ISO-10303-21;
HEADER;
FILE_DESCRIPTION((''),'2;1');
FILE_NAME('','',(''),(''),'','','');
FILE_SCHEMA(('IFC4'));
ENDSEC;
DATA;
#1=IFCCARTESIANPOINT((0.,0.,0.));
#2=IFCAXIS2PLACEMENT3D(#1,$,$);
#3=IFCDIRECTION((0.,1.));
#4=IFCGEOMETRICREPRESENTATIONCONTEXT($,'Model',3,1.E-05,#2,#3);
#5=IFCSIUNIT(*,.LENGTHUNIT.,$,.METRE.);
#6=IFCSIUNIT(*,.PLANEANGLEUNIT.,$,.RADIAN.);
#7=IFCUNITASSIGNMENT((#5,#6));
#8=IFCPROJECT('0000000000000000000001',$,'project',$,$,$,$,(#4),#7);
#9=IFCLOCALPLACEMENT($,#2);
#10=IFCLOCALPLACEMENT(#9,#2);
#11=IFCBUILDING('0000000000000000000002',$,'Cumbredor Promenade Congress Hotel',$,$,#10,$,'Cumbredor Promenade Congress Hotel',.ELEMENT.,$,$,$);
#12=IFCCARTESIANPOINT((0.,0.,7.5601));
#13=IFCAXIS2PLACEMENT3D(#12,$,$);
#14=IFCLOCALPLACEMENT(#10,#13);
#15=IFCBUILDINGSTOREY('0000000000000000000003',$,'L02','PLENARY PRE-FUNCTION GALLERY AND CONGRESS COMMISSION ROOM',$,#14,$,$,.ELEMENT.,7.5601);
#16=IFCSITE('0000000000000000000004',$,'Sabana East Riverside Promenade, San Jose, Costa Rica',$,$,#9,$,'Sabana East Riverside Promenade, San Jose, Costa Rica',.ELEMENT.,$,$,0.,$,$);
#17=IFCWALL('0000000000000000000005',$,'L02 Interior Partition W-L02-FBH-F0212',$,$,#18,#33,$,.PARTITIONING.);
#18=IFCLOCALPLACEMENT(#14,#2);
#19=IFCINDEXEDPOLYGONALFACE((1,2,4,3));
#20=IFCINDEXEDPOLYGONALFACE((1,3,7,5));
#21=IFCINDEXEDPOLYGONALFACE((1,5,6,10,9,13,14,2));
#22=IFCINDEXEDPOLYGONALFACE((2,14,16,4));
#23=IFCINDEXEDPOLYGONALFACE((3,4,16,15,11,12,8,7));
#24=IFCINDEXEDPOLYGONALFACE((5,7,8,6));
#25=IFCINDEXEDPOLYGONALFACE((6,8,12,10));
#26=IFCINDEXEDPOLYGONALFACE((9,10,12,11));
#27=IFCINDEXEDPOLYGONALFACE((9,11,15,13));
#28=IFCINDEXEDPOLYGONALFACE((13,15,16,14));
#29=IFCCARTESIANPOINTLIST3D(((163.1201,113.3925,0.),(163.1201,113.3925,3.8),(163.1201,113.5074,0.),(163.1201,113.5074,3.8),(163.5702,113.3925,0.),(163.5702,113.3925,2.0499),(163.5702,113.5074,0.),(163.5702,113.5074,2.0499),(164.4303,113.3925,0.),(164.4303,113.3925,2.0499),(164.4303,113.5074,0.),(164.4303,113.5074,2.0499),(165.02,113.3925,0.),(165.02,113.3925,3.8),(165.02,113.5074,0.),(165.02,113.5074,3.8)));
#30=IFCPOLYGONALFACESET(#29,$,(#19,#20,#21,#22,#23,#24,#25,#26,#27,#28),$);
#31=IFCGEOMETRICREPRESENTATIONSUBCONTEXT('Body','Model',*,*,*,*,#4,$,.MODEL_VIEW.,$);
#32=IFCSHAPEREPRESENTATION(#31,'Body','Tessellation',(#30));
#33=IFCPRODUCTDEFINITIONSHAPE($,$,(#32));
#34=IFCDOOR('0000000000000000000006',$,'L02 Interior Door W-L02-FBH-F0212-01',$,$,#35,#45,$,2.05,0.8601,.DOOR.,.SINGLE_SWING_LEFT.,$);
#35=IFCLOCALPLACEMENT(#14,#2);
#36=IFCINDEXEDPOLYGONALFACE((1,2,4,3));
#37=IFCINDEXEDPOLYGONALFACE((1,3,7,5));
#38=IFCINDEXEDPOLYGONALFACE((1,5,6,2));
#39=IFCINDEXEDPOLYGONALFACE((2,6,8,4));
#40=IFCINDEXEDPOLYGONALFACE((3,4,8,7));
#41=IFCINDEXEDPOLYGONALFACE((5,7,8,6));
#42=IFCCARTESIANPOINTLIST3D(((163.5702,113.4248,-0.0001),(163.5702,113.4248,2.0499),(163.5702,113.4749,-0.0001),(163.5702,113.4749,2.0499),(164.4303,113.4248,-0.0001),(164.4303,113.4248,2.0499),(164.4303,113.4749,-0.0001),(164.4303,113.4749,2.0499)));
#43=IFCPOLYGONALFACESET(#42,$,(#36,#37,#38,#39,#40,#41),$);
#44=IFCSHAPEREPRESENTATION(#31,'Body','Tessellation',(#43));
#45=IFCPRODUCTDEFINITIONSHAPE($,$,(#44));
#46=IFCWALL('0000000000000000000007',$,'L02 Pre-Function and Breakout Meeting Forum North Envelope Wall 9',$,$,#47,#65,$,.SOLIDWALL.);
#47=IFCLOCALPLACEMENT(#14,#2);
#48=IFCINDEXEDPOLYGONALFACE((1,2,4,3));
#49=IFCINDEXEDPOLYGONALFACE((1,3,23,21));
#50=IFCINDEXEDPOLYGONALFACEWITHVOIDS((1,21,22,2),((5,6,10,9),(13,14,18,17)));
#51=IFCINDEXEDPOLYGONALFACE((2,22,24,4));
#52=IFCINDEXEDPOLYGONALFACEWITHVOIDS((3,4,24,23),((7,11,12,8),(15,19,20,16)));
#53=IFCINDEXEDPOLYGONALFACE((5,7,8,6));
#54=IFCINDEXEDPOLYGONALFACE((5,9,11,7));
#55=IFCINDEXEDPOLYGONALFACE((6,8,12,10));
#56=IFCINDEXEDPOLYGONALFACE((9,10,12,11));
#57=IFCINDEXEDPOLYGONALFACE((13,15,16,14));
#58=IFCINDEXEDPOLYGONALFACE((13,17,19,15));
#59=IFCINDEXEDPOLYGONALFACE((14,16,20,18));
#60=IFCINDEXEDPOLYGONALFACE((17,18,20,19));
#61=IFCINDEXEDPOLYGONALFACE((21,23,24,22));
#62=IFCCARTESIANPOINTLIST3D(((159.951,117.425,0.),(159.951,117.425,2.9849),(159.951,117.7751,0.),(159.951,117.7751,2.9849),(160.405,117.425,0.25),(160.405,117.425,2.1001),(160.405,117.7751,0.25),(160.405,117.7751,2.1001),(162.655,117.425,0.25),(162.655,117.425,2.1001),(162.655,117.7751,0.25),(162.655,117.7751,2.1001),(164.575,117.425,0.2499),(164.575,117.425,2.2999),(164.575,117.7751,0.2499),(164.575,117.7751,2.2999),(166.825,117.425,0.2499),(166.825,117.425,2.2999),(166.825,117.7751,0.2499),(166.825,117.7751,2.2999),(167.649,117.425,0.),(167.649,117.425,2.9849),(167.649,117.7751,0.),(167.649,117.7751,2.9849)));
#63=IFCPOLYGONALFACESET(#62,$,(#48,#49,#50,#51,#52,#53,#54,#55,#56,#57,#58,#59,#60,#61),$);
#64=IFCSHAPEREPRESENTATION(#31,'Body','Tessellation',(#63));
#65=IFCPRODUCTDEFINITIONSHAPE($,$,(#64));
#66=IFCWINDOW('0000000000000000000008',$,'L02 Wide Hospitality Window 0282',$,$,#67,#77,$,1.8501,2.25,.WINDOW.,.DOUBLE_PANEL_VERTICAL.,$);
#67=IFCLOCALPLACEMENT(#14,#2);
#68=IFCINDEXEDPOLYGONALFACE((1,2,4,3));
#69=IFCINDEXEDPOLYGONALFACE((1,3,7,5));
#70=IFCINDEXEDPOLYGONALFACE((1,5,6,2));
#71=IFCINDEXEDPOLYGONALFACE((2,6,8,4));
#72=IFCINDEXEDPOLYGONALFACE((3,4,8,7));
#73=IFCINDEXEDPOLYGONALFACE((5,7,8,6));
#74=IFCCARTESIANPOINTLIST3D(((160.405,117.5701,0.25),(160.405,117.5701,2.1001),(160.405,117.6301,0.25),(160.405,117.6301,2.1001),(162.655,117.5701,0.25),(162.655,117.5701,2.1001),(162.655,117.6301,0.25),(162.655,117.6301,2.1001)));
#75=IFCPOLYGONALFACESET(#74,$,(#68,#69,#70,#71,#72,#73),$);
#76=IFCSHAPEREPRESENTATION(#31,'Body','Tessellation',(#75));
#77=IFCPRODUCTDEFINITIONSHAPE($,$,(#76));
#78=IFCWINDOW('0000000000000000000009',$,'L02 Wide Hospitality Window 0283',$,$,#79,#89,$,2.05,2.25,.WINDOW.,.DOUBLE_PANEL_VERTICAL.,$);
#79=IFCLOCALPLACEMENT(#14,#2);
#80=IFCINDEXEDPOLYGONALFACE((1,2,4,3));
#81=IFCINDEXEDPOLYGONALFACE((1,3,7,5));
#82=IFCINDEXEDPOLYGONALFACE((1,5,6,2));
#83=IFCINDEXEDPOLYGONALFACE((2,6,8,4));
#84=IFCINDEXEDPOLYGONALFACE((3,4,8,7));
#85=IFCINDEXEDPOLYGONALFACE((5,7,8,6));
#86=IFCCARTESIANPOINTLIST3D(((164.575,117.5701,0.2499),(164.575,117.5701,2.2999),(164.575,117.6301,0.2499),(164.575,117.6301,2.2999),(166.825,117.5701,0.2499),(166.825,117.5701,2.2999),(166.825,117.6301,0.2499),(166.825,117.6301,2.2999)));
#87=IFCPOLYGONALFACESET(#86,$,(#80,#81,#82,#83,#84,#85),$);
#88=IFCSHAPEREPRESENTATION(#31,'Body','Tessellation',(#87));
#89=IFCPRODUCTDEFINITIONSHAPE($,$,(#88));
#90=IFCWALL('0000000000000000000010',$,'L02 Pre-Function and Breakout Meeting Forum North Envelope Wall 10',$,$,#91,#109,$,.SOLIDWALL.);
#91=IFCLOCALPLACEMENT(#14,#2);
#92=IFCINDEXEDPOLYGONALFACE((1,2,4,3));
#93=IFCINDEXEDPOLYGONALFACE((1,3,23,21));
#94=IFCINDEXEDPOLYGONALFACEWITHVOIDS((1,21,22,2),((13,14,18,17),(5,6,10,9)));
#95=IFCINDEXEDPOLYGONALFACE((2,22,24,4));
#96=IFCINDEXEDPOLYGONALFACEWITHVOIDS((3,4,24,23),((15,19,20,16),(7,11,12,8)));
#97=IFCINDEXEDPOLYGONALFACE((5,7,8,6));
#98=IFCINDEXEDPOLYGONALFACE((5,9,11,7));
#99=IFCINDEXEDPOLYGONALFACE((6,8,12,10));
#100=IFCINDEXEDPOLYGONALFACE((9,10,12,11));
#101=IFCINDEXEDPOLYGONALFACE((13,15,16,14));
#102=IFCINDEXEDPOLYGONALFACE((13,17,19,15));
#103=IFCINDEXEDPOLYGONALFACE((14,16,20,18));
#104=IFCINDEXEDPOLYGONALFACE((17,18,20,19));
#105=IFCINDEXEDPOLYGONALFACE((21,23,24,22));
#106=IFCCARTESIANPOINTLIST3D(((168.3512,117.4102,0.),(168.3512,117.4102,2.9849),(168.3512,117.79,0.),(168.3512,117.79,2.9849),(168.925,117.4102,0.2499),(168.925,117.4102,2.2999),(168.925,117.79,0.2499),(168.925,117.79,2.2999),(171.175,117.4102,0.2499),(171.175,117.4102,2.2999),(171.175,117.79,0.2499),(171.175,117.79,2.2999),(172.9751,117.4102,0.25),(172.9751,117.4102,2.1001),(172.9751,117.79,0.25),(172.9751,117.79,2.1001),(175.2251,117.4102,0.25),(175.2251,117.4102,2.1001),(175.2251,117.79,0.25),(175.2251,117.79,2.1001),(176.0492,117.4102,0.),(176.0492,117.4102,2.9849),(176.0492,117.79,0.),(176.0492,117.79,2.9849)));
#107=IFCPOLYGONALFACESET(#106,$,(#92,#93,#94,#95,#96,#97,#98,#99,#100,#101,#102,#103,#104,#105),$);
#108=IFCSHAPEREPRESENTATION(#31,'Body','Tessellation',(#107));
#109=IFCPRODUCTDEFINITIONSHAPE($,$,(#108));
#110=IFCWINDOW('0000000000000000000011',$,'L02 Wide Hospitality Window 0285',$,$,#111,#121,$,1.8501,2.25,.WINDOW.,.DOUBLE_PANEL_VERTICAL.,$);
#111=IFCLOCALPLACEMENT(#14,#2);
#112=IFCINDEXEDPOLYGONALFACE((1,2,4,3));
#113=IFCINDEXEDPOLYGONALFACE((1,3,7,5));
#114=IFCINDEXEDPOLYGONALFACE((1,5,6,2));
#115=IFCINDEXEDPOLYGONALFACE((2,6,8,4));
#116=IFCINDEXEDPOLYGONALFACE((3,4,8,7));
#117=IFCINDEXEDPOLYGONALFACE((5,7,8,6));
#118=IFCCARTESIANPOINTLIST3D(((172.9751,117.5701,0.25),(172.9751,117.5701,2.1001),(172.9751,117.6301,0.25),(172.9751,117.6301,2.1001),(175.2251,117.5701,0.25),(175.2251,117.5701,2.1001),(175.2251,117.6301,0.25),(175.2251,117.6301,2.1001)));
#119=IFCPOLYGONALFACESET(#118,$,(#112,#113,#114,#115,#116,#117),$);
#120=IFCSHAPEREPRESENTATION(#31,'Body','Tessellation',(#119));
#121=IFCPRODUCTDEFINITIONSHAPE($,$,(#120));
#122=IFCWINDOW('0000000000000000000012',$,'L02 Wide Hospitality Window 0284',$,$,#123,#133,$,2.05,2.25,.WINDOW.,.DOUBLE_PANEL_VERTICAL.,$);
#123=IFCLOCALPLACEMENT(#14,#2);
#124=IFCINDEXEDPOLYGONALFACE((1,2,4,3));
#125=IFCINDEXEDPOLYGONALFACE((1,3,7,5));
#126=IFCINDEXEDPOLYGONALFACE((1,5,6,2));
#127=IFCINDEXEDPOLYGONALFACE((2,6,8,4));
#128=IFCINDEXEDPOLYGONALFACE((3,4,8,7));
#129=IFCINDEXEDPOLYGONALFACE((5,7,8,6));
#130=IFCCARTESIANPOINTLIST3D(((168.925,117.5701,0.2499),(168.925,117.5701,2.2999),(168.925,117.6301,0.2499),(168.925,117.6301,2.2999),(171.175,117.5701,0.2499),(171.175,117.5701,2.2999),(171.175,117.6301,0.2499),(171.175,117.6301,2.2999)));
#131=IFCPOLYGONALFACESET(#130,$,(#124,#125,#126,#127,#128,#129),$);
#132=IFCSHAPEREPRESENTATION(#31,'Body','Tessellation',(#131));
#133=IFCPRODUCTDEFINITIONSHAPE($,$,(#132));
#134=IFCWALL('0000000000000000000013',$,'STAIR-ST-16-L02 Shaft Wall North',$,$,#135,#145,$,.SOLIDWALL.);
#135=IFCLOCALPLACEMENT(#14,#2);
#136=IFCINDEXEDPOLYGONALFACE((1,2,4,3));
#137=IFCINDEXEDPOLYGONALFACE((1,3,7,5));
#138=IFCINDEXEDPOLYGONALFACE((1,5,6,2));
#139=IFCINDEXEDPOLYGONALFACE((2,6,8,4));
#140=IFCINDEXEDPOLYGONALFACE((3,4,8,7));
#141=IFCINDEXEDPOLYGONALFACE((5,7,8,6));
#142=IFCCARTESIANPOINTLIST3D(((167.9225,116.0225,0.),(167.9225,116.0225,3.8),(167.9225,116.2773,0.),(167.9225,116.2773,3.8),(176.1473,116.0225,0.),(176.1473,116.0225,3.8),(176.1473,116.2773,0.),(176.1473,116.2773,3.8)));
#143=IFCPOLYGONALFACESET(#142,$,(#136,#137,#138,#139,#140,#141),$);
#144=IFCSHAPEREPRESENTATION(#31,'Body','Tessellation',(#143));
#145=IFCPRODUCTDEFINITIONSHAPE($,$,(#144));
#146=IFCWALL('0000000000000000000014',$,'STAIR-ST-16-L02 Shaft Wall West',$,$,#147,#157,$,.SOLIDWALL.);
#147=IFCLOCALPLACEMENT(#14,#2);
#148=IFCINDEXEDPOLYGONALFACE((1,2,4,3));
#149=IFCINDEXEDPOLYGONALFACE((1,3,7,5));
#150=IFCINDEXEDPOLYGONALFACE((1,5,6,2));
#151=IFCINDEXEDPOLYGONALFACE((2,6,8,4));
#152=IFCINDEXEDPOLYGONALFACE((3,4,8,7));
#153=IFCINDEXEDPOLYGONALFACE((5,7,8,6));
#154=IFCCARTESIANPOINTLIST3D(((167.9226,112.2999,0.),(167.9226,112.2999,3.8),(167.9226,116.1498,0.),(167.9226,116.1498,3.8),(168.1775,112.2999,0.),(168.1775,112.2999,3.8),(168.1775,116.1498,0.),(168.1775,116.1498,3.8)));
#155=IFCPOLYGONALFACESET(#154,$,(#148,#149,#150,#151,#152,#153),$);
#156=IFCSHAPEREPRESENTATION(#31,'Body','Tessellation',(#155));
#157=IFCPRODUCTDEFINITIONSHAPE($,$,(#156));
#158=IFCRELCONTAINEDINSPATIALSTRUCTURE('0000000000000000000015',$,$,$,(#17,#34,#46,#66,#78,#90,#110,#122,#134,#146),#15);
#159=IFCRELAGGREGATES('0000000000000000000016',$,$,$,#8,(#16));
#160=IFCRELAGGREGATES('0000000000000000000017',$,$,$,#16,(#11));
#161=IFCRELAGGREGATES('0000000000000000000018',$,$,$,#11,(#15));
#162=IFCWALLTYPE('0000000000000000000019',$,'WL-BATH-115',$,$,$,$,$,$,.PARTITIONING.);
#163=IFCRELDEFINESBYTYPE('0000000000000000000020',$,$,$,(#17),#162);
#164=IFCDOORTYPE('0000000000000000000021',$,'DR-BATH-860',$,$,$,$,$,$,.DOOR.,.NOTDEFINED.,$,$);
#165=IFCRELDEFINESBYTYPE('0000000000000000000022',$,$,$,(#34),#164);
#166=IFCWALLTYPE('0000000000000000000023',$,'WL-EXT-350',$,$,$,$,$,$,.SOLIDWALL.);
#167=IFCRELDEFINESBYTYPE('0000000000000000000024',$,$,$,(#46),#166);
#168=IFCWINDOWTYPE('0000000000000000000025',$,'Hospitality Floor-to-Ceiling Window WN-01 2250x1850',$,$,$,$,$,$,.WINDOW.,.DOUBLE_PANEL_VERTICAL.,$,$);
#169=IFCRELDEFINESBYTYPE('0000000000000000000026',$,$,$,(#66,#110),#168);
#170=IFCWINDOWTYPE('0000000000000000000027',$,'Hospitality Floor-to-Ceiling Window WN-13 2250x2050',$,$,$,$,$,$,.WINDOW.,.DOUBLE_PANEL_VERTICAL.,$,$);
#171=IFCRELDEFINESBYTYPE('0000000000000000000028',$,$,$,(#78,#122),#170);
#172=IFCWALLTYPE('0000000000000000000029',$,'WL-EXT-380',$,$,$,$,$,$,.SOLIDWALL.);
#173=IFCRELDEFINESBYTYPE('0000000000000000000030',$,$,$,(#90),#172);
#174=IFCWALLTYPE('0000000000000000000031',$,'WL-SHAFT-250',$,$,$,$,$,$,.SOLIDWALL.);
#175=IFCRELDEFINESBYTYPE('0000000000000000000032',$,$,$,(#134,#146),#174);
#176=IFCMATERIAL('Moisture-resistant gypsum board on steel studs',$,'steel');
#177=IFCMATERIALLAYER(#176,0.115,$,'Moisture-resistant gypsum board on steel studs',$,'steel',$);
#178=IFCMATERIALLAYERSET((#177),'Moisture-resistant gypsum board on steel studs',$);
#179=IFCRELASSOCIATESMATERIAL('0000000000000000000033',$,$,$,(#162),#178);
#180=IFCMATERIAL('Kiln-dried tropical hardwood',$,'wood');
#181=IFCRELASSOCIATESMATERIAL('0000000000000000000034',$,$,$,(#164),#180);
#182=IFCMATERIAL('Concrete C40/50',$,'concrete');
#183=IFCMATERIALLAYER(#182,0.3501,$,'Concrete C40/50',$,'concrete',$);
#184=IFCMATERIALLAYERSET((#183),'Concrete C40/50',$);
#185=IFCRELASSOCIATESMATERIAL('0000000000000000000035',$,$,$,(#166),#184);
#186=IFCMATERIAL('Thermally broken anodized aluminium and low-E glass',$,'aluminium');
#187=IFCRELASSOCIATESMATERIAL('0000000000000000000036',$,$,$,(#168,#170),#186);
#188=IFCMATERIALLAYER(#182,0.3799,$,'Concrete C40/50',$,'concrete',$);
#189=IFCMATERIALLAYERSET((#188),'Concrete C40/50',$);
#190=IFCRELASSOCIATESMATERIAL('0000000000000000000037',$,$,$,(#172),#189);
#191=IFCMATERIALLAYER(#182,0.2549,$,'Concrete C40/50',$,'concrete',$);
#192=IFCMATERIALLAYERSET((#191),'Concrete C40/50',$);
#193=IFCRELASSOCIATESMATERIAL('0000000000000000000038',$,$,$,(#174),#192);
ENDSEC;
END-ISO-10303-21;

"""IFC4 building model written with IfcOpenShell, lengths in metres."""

from ifc_helpers import new_model, si_unit, direction, frame, frame_2d, origin, place, context, subcontext, project, spatial, rectangle, extrude, material, layer, layer_set, type_object, element, fill, save


model = new_model("IFC4")

# Units and contexts
model_context = context("Model", 3, precision=1e-05, world=origin(), true_north=direction((0.0, 1.0)))
body_context = subcontext(model_context, "Body", "Model", "MODEL_VIEW")
ifc_project = project(units=[si_unit("LENGTHUNIT", "METRE"), si_unit("PLANEANGLEUNIT", "RADIAN")], contexts=[model_context])

# Site, building, storey
site_placement = place(None, origin())
site = spatial("IfcSite", under=ifc_project, at=site_placement, Name="Sabana East Riverside Promenade, San Jose, Costa Rica", LongName="Sabana East Riverside Promenade, San Jose, Costa Rica", CompositionType="ELEMENT", RefElevation=0.0)
building_placement = place(site_placement, origin())
building = spatial("IfcBuilding", under=site, at=building_placement, Name="Cumbredor Promenade Congress Hotel", LongName="Cumbredor Promenade Congress Hotel", CompositionType="ELEMENT")
storey_placement = place(building_placement, frame((0.0, 0.0, 7.5601)))
storey = spatial("IfcBuildingStorey", under=building, at=storey_placement, Name="L02", Description="PLENARY PRE-FUNCTION GALLERY AND CONGRESS COMMISSION ROOM", CompositionType="ELEMENT", Elevation=7.5601)

# Shared definitions
ifc_material_1 = material(Name="Concrete C40/50", Category="concrete")

# Shared definitions
ifc_material_2 = material(Name="Thermally broken anodized aluminium and low-E glass", Category="aluminium")

# Shared definitions
ifc_material_3 = material(Name="Kiln-dried tropical hardwood", Category="wood")

# Wall, opening, door
ifc_material_4 = material(Name="Moisture-resistant gypsum board on steel studs", Category="steel")
ifc_layer_1 = layer(ifc_material_4, 0.115, Name="Moisture-resistant gypsum board on steel studs", Category="steel")
ifc_layer_set_1 = layer_set([ifc_layer_1], Name="Moisture-resistant gypsum board on steel studs")
wall_type_1 = type_object("IfcWallType", Name="WL-BATH-115", PredefinedType="PARTITIONING", material=ifc_layer_set_1)
door_type = type_object("IfcDoorType", Name="DR-BATH-860", OperationType="NOTDEFINED", PredefinedType="DOOR", material=ifc_material_3)
wall_1_placement = place(storey_placement, frame((163.1201, 113.45, 0.0), z_axis=(0.0, 0.0, 1.0), x_axis=(1.0, 0.0, 0.0)))
wall_1 = element("IfcWall", 1, at=wall_1_placement, inside=storey, type_object=wall_type_1, Name="L02 Interior Partition W-L02-FBH-F0212", PredefinedType="PARTITIONING", context=body_context, shape_type="SweptSolid", body=[
    extrude(rectangle(XDim=1.8999, YDim=0.115, at=frame_2d((0.95, 0.0))), origin(), (0.0, 0.0, 1.0), 3.8),
])
opening_1_placement = place(wall_1_placement, frame((0.45, 0.0, 0.0)))
opening_1 = element("IfcOpeningElement", 2, at=opening_1_placement, cuts=wall_1, PredefinedType="OPENING", context=body_context, shape_type="SweptSolid", body=[
    extrude(rectangle(XDim=0.8601, YDim=2.05, at=frame_2d((0.4302, 1.0249))), frame((0.0, 0.0674, 0.0), z_axis=(0.0, -1.0, 0.0), x_axis=(1.0, 0.0, 0.0)), (0.0, 0.0, 1.0), 0.135),
])
door_1_placement = place(opening_1_placement, origin())
door_1 = element("IfcDoor", 3, at=door_1_placement, inside=storey, type_object=door_type, Name="L02 Interior Door W-L02-FBH-F0212-01", OperationType="SINGLE_SWING_LEFT", OverallHeight=2.05, OverallWidth=0.8601, PredefinedType="DOOR", context=body_context, shape_type="SweptSolid", body=[
    extrude(rectangle(XDim=0.8601, YDim=2.05, at=frame_2d((0.4302, 1.0249))), frame((0.0, 0.0249, 0.0), z_axis=(0.0, -1.0, 0.0), x_axis=(1.0, 0.0, 0.0)), (0.0, 0.0, 1.0), 0.05),
])
fill(opening_1, door_1)

# Walls, openings, windows
ifc_layer_2 = layer(ifc_material_1, 0.3501, Name="Concrete C40/50", Category="concrete")
ifc_layer_set_2 = layer_set([ifc_layer_2], Name="Concrete C40/50")
wall_type_2 = type_object("IfcWallType", Name="WL-EXT-350", PredefinedType="SOLIDWALL", material=ifc_layer_set_2)
wall_2_placement = place(storey_placement, frame((159.9509, 117.6001, 0.0), z_axis=(0.0, 0.0, 1.0), x_axis=(1.0, 0.0, 0.0)))
wall_2 = element("IfcWall", 4, at=wall_2_placement, inside=storey, type_object=wall_type_2, Name="L02 Pre-Function and Breakout Meeting Forum North Envelope Wall 9", PredefinedType="SOLIDWALL", context=body_context, shape_type="SweptSolid", body=[
    extrude(rectangle(XDim=7.698, YDim=0.3501, at=frame_2d((3.8491, 0.0))), origin(), (0.0, 0.0, 1.0), 2.9849),
])
opening_2_placement = place(wall_2_placement, frame((0.4541, 0.0, 0.25)))
opening_2 = element("IfcOpeningElement", 5, at=opening_2_placement, cuts=wall_2, PredefinedType="OPENING", context=body_context, shape_type="SweptSolid", body=[
    extrude(rectangle(XDim=2.25, YDim=1.8501, at=frame_2d((1.125, 0.925))), frame((0.0, 0.1851, 0.0), z_axis=(0.0, -1.0, 0.0), x_axis=(1.0, 0.0, 0.0)), (0.0, 0.0, 1.0), 0.3701),
])
opening_3_placement = place(wall_2_placement, frame((4.624, 0.0, 0.25)))
opening_3 = element("IfcOpeningElement", 6, at=opening_3_placement, cuts=wall_2, PredefinedType="OPENING", context=body_context, shape_type="SweptSolid", body=[
    extrude(rectangle(XDim=2.25, YDim=2.05, at=frame_2d((1.125, 1.0249))), frame((0.0, 0.1851, 0.0), z_axis=(0.0, -1.0, 0.0), x_axis=(1.0, 0.0, 0.0)), (0.0, 0.0, 1.0), 0.3701),
])
window_type_1 = type_object("IfcWindowType", Name="Hospitality Floor-to-Ceiling Window WN-01 2250x1850", PartitioningType="DOUBLE_PANEL_VERTICAL", PredefinedType="WINDOW", material=ifc_material_2)
window_1_placement = place(opening_2_placement, origin())
window_1 = element("IfcWindow", 7, at=window_1_placement, inside=storey, type_object=window_type_1, Name="L02 Wide Hospitality Window 0282", OverallHeight=1.8501, OverallWidth=2.25, PartitioningType="DOUBLE_PANEL_VERTICAL", PredefinedType="WINDOW", context=body_context, shape_type="SweptSolid", body=[
    extrude(rectangle(XDim=2.25, YDim=1.8501, at=frame_2d((1.125, 0.925))), frame((0.0, 0.03, 0.0), z_axis=(0.0, -1.0, 0.0), x_axis=(1.0, 0.0, 0.0)), (0.0, 0.0, 1.0), 0.0601),
])
fill(opening_2, window_1)
window_type_2 = type_object("IfcWindowType", Name="Hospitality Floor-to-Ceiling Window WN-13 2250x2050", PartitioningType="DOUBLE_PANEL_VERTICAL", PredefinedType="WINDOW", material=ifc_material_2)
window_2_placement = place(opening_3_placement, origin())
window_2 = element("IfcWindow", 8, at=window_2_placement, inside=storey, type_object=window_type_2, Name="L02 Wide Hospitality Window 0283", OverallHeight=2.05, OverallWidth=2.25, PartitioningType="DOUBLE_PANEL_VERTICAL", PredefinedType="WINDOW", context=body_context, shape_type="SweptSolid", body=[
    extrude(rectangle(XDim=2.25, YDim=2.05, at=frame_2d((1.125, 1.0249))), frame((0.0, 0.03, 0.0), z_axis=(0.0, -1.0, 0.0), x_axis=(1.0, 0.0, 0.0)), (0.0, 0.0, 1.0), 0.0601),
])
fill(opening_3, window_2)
ifc_layer_3 = layer(ifc_material_1, 0.3799, Name="Concrete C40/50", Category="concrete")
ifc_layer_set_3 = layer_set([ifc_layer_3], Name="Concrete C40/50")
wall_type_3 = type_object("IfcWallType", Name="WL-EXT-380", PredefinedType="SOLIDWALL", material=ifc_layer_set_3)
wall_3_placement = place(storey_placement, frame((168.3511, 117.6001, 0.0), z_axis=(0.0, 0.0, 1.0), x_axis=(1.0, 0.0, 0.0)))
wall_3 = element("IfcWall", 9, at=wall_3_placement, inside=storey, type_object=wall_type_3, Name="L02 Pre-Function and Breakout Meeting Forum North Envelope Wall 10", PredefinedType="SOLIDWALL", context=body_context, shape_type="SweptSolid", body=[
    extrude(rectangle(XDim=7.698, YDim=0.3799, at=frame_2d((3.8491, 0.0))), origin(), (0.0, 0.0, 1.0), 2.9849),
])
opening_4_placement = place(wall_3_placement, frame((0.574, 0.0, 0.25)))
opening_4 = element("IfcOpeningElement", 10, at=opening_4_placement, cuts=wall_3, PredefinedType="OPENING", context=body_context, shape_type="SweptSolid", body=[
    extrude(rectangle(XDim=2.25, YDim=2.05, at=frame_2d((1.125, 1.0249))), frame((0.0, 0.2, 0.0), z_axis=(0.0, -1.0, 0.0), x_axis=(1.0, 0.0, 0.0)), (0.0, 0.0, 1.0), 0.3999),
])
opening_5_placement = place(wall_3_placement, frame((4.624, 0.0, 0.25)))
opening_5 = element("IfcOpeningElement", 11, at=opening_5_placement, cuts=wall_3, PredefinedType="OPENING", context=body_context, shape_type="SweptSolid", body=[
    extrude(rectangle(XDim=2.25, YDim=1.8501, at=frame_2d((1.125, 0.925))), frame((0.0, 0.2, 0.0), z_axis=(0.0, -1.0, 0.0), x_axis=(1.0, 0.0, 0.0)), (0.0, 0.0, 1.0), 0.3999),
])
window_3_placement = place(opening_5_placement, origin())
window_3 = element("IfcWindow", 12, at=window_3_placement, inside=storey, type_object=window_type_1, Name="L02 Wide Hospitality Window 0285", OverallHeight=1.8501, OverallWidth=2.25, PartitioningType="DOUBLE_PANEL_VERTICAL", PredefinedType="WINDOW", context=body_context, shape_type="SweptSolid", body=[
    extrude(rectangle(XDim=2.25, YDim=1.8501, at=frame_2d((1.125, 0.925))), frame((0.0, 0.03, 0.0), z_axis=(0.0, -1.0, 0.0), x_axis=(1.0, 0.0, 0.0)), (0.0, 0.0, 1.0), 0.0601),
])
fill(opening_5, window_3)
window_4_placement = place(opening_4_placement, origin())
window_4 = element("IfcWindow", 13, at=window_4_placement, inside=storey, type_object=window_type_2, Name="L02 Wide Hospitality Window 0284", OverallHeight=2.05, OverallWidth=2.25, PartitioningType="DOUBLE_PANEL_VERTICAL", PredefinedType="WINDOW", context=body_context, shape_type="SweptSolid", body=[
    extrude(rectangle(XDim=2.25, YDim=2.05, at=frame_2d((1.125, 1.0249))), frame((0.0, 0.03, 0.0), z_axis=(0.0, -1.0, 0.0), x_axis=(1.0, 0.0, 0.0)), (0.0, 0.0, 1.0), 0.0601),
])
fill(opening_4, window_4)

# Walls
ifc_layer_4 = layer(ifc_material_1, 0.2549, Name="Concrete C40/50", Category="concrete")
ifc_layer_set_4 = layer_set([ifc_layer_4], Name="Concrete C40/50")
wall_type_4 = type_object("IfcWallType", Name="WL-SHAFT-250", PredefinedType="SOLIDWALL", material=ifc_layer_set_4)
wall_4_placement = place(storey_placement, frame((167.9226, 116.1499, 0.0), z_axis=(0.0, 0.0, 1.0), x_axis=(1.0, 0.0, 0.0)))
element("IfcWall", 14, at=wall_4_placement, inside=storey, type_object=wall_type_4, Name="STAIR-ST-16-L02 Shaft Wall North", PredefinedType="SOLIDWALL", context=body_context, shape_type="SweptSolid", body=[
    extrude(rectangle(XDim=8.2249, YDim=0.2549, at=frame_2d((4.1123, 0.0))), origin(), (0.0, 0.0, 1.0), 3.8),
])
wall_5_placement = place(storey_placement, frame((168.05, 112.3, 0.0), z_axis=(0.0, 0.0, 1.0), x_axis=(0.0, 1.0, 0.0)))
element("IfcWall", 15, at=wall_5_placement, inside=storey, type_object=wall_type_4, Name="STAIR-ST-16-L02 Shaft Wall West", PredefinedType="SOLIDWALL", context=body_context, shape_type="SweptSolid", body=[
    extrude(rectangle(XDim=3.8499, YDim=0.2549, at=frame_2d((1.9248, 0.0))), origin(), (0.0, 0.0, 1.0), 3.8),
])

save(model, "model.ifc")
